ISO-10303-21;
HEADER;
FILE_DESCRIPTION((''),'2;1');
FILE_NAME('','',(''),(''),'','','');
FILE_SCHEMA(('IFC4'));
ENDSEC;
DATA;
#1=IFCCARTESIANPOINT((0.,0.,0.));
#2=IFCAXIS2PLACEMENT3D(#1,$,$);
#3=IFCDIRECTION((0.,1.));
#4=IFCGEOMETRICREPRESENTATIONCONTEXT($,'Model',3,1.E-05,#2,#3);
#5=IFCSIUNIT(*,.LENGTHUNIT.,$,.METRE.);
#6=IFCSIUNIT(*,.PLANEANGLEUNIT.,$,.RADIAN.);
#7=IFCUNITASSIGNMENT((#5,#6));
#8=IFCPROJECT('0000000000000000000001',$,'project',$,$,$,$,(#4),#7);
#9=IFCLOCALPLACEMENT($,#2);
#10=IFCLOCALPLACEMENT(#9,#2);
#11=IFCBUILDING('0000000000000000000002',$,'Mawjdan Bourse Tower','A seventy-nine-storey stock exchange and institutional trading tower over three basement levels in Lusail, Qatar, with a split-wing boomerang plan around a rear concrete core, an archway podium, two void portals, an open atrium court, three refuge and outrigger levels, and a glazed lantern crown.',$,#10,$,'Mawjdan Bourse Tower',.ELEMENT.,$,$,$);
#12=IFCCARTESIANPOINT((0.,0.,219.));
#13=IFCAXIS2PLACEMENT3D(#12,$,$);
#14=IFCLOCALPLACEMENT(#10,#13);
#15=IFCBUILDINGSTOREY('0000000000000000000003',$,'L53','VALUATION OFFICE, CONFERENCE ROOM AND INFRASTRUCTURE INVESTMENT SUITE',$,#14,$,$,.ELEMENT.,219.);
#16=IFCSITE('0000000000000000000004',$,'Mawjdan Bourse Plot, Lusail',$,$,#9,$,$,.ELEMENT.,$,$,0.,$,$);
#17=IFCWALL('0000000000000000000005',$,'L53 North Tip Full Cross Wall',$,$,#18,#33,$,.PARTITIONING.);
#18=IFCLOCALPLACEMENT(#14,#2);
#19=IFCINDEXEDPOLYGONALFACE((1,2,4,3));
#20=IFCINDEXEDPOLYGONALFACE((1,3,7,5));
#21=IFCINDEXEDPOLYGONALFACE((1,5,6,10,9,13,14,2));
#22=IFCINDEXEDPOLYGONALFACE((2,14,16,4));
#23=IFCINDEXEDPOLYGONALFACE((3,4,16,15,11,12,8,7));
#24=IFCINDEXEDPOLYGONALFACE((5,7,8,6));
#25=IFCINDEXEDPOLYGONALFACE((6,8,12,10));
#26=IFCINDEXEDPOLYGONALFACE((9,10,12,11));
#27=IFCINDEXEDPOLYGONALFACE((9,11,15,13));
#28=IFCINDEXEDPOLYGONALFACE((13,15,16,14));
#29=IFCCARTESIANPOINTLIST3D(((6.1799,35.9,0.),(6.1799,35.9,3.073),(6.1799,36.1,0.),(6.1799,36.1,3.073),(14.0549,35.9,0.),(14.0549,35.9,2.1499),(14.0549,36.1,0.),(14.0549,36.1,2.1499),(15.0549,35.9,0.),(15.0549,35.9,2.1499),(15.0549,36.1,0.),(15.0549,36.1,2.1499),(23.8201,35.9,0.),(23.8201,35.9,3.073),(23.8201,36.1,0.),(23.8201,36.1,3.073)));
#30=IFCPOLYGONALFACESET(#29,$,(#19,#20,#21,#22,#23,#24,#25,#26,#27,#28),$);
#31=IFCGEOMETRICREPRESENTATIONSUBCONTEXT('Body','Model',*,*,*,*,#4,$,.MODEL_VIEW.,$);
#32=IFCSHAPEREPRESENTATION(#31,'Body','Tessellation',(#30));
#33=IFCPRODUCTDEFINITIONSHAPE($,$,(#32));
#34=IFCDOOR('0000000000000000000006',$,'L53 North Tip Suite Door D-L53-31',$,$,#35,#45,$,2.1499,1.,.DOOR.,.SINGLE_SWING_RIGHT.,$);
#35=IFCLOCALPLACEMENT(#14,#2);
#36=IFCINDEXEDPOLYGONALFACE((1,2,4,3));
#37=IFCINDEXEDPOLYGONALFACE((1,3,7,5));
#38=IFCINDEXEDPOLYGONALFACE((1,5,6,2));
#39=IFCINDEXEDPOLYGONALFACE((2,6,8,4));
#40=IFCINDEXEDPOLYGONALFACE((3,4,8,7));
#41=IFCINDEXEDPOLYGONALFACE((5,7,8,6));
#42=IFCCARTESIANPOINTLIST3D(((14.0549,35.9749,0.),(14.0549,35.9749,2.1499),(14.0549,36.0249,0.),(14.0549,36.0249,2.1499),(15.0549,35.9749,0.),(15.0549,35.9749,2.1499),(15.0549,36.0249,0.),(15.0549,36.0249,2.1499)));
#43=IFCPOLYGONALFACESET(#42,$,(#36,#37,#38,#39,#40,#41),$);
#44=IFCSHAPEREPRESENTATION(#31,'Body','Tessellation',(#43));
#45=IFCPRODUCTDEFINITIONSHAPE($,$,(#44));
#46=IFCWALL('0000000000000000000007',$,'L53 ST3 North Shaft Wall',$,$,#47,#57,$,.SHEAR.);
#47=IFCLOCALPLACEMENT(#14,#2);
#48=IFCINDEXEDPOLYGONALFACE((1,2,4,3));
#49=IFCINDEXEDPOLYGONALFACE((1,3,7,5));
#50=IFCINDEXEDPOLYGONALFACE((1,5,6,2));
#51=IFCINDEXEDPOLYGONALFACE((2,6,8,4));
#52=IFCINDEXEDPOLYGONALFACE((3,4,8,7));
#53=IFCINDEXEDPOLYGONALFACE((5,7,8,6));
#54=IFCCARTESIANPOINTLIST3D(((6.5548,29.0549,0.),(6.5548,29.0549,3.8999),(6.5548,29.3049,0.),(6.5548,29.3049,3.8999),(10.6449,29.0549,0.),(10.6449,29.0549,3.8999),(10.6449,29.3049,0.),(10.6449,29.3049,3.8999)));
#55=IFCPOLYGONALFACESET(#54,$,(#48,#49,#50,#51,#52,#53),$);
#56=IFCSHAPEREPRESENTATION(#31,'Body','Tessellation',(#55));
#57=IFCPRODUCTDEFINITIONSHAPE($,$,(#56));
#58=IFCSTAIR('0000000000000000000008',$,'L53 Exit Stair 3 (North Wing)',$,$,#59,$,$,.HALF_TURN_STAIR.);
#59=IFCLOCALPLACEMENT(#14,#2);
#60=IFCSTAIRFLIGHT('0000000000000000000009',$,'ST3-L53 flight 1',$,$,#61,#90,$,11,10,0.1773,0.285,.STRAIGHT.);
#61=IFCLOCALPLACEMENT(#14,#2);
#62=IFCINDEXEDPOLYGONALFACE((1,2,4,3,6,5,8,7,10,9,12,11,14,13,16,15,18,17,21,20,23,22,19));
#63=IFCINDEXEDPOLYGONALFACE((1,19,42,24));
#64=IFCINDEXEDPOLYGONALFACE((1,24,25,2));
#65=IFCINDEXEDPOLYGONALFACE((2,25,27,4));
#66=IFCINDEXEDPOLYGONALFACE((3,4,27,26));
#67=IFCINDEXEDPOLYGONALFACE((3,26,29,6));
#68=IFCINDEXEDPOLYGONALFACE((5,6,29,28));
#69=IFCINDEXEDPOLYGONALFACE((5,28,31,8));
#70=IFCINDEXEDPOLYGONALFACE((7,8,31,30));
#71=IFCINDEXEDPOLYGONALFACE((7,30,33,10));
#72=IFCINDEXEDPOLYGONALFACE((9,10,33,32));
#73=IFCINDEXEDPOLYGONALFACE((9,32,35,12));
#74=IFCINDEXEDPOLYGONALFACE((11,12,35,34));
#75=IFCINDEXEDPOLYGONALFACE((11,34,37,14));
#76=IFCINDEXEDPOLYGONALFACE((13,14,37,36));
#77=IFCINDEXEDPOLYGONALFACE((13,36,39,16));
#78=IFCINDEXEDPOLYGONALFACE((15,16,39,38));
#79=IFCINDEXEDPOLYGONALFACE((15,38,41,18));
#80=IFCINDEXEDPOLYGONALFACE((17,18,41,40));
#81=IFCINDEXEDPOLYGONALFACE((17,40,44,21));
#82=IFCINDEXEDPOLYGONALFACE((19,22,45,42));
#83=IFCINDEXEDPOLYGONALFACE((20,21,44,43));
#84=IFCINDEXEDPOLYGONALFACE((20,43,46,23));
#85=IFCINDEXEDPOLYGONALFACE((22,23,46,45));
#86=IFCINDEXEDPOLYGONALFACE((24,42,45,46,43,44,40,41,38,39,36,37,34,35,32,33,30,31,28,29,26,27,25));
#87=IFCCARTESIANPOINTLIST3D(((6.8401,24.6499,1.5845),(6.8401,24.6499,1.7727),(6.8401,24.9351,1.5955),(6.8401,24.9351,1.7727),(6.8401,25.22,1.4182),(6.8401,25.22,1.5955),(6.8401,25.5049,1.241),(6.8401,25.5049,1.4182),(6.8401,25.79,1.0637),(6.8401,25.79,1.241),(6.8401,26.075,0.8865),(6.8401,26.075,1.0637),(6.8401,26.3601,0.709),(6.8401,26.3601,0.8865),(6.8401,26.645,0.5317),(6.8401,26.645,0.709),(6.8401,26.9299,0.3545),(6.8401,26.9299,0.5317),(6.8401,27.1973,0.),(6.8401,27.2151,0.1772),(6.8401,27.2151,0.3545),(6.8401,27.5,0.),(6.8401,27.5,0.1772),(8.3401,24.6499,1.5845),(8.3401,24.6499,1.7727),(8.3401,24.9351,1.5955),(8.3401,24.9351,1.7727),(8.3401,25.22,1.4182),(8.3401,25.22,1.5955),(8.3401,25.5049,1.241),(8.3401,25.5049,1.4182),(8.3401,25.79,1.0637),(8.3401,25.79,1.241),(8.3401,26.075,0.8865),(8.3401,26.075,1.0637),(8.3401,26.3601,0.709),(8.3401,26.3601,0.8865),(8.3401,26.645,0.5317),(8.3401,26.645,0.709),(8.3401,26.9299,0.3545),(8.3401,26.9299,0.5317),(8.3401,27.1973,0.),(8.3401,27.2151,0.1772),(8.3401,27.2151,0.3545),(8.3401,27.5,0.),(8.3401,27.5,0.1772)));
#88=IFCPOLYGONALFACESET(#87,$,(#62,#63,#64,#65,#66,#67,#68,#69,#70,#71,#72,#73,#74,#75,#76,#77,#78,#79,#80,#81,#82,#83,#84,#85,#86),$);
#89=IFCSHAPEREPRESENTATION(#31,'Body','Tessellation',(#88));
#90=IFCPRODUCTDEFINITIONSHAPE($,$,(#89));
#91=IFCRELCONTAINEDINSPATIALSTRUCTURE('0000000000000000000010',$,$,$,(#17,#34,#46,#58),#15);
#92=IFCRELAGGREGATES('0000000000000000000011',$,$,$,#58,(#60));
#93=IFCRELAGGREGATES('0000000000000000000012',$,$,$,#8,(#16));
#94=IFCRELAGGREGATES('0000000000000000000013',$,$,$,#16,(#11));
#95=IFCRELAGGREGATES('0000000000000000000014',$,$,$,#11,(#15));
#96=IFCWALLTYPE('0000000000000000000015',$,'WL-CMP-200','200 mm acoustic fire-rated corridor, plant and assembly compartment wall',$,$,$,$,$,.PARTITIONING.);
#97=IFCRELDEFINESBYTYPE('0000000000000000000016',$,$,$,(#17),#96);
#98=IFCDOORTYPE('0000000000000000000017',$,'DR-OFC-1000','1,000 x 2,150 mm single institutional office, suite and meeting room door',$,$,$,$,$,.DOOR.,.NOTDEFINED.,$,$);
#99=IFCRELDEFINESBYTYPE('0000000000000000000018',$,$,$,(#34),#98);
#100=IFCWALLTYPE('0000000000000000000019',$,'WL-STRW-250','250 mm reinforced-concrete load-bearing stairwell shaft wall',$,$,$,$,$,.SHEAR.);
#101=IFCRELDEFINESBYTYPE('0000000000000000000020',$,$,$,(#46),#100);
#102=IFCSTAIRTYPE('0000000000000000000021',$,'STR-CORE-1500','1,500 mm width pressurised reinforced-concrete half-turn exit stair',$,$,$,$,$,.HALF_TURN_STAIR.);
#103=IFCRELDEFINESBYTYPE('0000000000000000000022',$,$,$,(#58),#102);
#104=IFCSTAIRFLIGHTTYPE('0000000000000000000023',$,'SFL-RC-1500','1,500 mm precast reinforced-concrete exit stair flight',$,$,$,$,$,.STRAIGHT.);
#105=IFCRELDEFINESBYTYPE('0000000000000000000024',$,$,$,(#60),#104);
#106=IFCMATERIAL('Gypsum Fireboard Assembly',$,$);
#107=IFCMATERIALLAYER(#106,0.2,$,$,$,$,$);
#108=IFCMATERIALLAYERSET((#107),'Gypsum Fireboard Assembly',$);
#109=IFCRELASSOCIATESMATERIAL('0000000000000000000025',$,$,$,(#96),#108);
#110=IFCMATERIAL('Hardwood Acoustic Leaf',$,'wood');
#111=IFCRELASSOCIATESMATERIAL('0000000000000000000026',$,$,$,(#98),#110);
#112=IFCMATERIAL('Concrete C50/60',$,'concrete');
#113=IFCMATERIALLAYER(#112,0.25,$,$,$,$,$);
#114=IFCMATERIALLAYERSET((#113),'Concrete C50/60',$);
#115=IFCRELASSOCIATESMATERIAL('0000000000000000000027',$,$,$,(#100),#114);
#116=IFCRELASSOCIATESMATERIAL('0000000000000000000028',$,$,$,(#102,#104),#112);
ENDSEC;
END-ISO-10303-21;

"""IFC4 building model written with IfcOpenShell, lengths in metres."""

from ifc_helpers import new_model, si_unit, direction, frame, frame_2d, origin, place, context, subcontext, project, spatial, polyline, rectangle, outline, extrude, material, layer, layer_set, type_object, element, fill, aggregate, save


model = new_model("IFC4")

# Units and contexts
model_context = context("Model", 3, precision=1e-05, world=origin(), true_north=direction((0.0, 1.0)))
body_context = subcontext(model_context, "Body", "Model", "MODEL_VIEW")
ifc_project = project(units=[si_unit("LENGTHUNIT", "METRE"), si_unit("PLANEANGLEUNIT", "RADIAN")], contexts=[model_context])

# Site, building, storey
site_placement = place(None, origin())
site = spatial("IfcSite", under=ifc_project, at=site_placement, Name="Mawjdan Bourse Plot, Lusail", CompositionType="ELEMENT", RefElevation=0.0)
building_placement = place(site_placement, origin())
building = spatial("IfcBuilding", under=site, at=building_placement, Name="Mawjdan Bourse Tower", Description="A seventy-nine-storey stock exchange and institutional trading tower over three basement levels in Lusail, Qatar, with a split-wing boomerang plan around a rear concrete core, an archway podium, two void portals, an open atrium court, three refuge and outrigger levels, and a glazed lantern crown.", LongName="Mawjdan Bourse Tower", CompositionType="ELEMENT")
storey_placement = place(building_placement, frame((0.0, 0.0, 219.0)))
storey = spatial("IfcBuildingStorey", under=building, at=storey_placement, Name="L53", Description="VALUATION OFFICE, CONFERENCE ROOM AND INFRASTRUCTURE INVESTMENT SUITE", CompositionType="ELEMENT", Elevation=219.0)

# Shared definitions
ifc_material_1 = material(Name="Gypsum Fireboard Assembly")
ifc_layer_1 = layer(ifc_material_1, 0.2)
ifc_layer_set_1 = layer_set([ifc_layer_1], Name="Gypsum Fireboard Assembly")
wall_type_1 = type_object("IfcWallType", Name="WL-CMP-200", Description="200 mm acoustic fire-rated corridor, plant and assembly compartment wall", PredefinedType="PARTITIONING", material=ifc_layer_set_1)

# Wall, opening, door
ifc_material_2 = material(Name="Hardwood Acoustic Leaf", Category="wood")
door_type_1 = type_object("IfcDoorType", Name="DR-OFC-1000", Description="1,000 x 2,150 mm single institutional office, suite and meeting room door", OperationType="NOTDEFINED", PredefinedType="DOOR", material=ifc_material_2)
wall_1_placement = place(storey_placement, frame((6.1799, 36.0, 0.0), z_axis=(0.0, 0.0, 1.0), x_axis=(1.0, 0.0, 0.0)))
wall_1 = element("IfcWall", 1, at=wall_1_placement, inside=storey, type_object=wall_type_1, Name="L53 North Tip Full Cross Wall", PredefinedType="PARTITIONING", context=body_context, shape_type="SweptSolid", body=[
    extrude(rectangle(XDim=17.6401, YDim=0.2, at=frame_2d((8.8201, 0.0))), origin(), (0.0, 0.0, 1.0), 3.073),
])
opening_1_placement = place(wall_1_placement, frame((7.875, 0.0, 0.0)))
opening_1 = element("IfcOpeningElement", 2, at=opening_1_placement, cuts=wall_1, PredefinedType="OPENING", context=body_context, shape_type="SweptSolid", body=[
    extrude(rectangle(XDim=1.0, YDim=2.1499, at=frame_2d((0.5, 1.075))), frame((0.0, 0.1099, 0.0), z_axis=(0.0, -1.0, 0.0), x_axis=(1.0, 0.0, 0.0)), (0.0, 0.0, 1.0), 0.22),
])
door_1_placement = place(opening_1_placement, origin())
door_1 = element("IfcDoor", 3, at=door_1_placement, inside=storey, type_object=door_type_1, Name="L53 North Tip Suite Door D-L53-31", OperationType="SINGLE_SWING_RIGHT", OverallHeight=2.1499, OverallWidth=1.0, PredefinedType="DOOR", context=body_context, shape_type="SweptSolid", body=[
    extrude(rectangle(XDim=1.0, YDim=2.1499, at=frame_2d((0.5, 1.075))), frame((0.0, 0.0249, 0.0), z_axis=(0.0, -1.0, 0.0), x_axis=(1.0, 0.0, 0.0)), (0.0, 0.0, 1.0), 0.05),
])
fill(opening_1, door_1)

# Wall
ifc_material_3 = material(Name="Concrete C50/60", Category="concrete")
ifc_layer_2 = layer(ifc_material_3, 0.25)
ifc_layer_set_2 = layer_set([ifc_layer_2], Name="Concrete C50/60")
wall_type_2 = type_object("IfcWallType", Name="WL-STRW-250", Description="250 mm reinforced-concrete load-bearing stairwell shaft wall", PredefinedType="SHEAR", material=ifc_layer_set_2)
wall_2_placement = place(storey_placement, frame((6.5549, 29.1799, 0.0), z_axis=(0.0, 0.0, 1.0), x_axis=(1.0, 0.0, 0.0)))
element("IfcWall", 4, at=wall_2_placement, inside=storey, type_object=wall_type_2, Name="L53 ST3 North Shaft Wall", PredefinedType="SHEAR", context=body_context, shape_type="SweptSolid", body=[
    extrude(rectangle(XDim=4.0901, YDim=0.25, at=frame_2d((2.0449, 0.0))), origin(), (0.0, 0.0, 1.0), 3.8999),
])

# Stair, stair flight
stair_type = type_object("IfcStairType", Name="STR-CORE-1500", Description="1,500 mm width pressurised reinforced-concrete half-turn exit stair", PredefinedType="HALF_TURN_STAIR", material=ifc_material_3)
stair_placement = place(storey_placement, origin())
stair = element("IfcStair", 5, at=stair_placement, inside=storey, type_object=stair_type, Name="L53 Exit Stair 3 (North Wing)", PredefinedType="HALF_TURN_STAIR")
stair_flight_type = type_object("IfcStairFlightType", Name="SFL-RC-1500", Description="1,500 mm precast reinforced-concrete exit stair flight", PredefinedType="STRAIGHT", material=ifc_material_3)
stair_flight_placement = place(storey_placement, frame((7.5901, 27.5, 0.0), z_axis=(0.0, 0.0, 1.0), x_axis=(0.0, -1.0, 0.0)))
stair_flight = element("IfcStairFlight", 6, at=stair_flight_placement, type_object=stair_flight_type, Name="ST3-L53 flight 1", NumberOfRisers=11, NumberOfTreads=10, PredefinedType="STRAIGHT", RiserHeight=0.1773, TreadLength=0.285, context=body_context, shape_type="SweptSolid", body=[
    extrude(outline(polyline([(0.0, 0.0), (0.0, 0.1772), (0.2849, 0.1772), (0.2849, 0.3545), (0.5701, 0.3545), (0.5701, 0.5317), (0.855, 0.5317), (0.855, 0.709), (1.1399, 0.709), (1.1399, 0.8865), (1.425, 0.8865), (1.425, 1.0637), (1.71, 1.0637), (1.71, 1.241), (1.9951, 1.241), (1.9951, 1.4182), (2.28, 1.4182), (2.28, 1.5955), (2.5649, 1.5955), (2.5649, 1.7727), (2.8501, 1.7727), (2.8501, 1.95), (2.8501, 1.5845), (0.3027, 0.0), (0.0, 0.0)])), frame((0.0, 0.75, 0.0), z_axis=(0.0, -1.0, 0.0), x_axis=(1.0, 0.0, 0.0)), (0.0, 0.0, 1.0), 1.5),
])
aggregate(stair, [stair_flight])

save(model, "model.ifc")
